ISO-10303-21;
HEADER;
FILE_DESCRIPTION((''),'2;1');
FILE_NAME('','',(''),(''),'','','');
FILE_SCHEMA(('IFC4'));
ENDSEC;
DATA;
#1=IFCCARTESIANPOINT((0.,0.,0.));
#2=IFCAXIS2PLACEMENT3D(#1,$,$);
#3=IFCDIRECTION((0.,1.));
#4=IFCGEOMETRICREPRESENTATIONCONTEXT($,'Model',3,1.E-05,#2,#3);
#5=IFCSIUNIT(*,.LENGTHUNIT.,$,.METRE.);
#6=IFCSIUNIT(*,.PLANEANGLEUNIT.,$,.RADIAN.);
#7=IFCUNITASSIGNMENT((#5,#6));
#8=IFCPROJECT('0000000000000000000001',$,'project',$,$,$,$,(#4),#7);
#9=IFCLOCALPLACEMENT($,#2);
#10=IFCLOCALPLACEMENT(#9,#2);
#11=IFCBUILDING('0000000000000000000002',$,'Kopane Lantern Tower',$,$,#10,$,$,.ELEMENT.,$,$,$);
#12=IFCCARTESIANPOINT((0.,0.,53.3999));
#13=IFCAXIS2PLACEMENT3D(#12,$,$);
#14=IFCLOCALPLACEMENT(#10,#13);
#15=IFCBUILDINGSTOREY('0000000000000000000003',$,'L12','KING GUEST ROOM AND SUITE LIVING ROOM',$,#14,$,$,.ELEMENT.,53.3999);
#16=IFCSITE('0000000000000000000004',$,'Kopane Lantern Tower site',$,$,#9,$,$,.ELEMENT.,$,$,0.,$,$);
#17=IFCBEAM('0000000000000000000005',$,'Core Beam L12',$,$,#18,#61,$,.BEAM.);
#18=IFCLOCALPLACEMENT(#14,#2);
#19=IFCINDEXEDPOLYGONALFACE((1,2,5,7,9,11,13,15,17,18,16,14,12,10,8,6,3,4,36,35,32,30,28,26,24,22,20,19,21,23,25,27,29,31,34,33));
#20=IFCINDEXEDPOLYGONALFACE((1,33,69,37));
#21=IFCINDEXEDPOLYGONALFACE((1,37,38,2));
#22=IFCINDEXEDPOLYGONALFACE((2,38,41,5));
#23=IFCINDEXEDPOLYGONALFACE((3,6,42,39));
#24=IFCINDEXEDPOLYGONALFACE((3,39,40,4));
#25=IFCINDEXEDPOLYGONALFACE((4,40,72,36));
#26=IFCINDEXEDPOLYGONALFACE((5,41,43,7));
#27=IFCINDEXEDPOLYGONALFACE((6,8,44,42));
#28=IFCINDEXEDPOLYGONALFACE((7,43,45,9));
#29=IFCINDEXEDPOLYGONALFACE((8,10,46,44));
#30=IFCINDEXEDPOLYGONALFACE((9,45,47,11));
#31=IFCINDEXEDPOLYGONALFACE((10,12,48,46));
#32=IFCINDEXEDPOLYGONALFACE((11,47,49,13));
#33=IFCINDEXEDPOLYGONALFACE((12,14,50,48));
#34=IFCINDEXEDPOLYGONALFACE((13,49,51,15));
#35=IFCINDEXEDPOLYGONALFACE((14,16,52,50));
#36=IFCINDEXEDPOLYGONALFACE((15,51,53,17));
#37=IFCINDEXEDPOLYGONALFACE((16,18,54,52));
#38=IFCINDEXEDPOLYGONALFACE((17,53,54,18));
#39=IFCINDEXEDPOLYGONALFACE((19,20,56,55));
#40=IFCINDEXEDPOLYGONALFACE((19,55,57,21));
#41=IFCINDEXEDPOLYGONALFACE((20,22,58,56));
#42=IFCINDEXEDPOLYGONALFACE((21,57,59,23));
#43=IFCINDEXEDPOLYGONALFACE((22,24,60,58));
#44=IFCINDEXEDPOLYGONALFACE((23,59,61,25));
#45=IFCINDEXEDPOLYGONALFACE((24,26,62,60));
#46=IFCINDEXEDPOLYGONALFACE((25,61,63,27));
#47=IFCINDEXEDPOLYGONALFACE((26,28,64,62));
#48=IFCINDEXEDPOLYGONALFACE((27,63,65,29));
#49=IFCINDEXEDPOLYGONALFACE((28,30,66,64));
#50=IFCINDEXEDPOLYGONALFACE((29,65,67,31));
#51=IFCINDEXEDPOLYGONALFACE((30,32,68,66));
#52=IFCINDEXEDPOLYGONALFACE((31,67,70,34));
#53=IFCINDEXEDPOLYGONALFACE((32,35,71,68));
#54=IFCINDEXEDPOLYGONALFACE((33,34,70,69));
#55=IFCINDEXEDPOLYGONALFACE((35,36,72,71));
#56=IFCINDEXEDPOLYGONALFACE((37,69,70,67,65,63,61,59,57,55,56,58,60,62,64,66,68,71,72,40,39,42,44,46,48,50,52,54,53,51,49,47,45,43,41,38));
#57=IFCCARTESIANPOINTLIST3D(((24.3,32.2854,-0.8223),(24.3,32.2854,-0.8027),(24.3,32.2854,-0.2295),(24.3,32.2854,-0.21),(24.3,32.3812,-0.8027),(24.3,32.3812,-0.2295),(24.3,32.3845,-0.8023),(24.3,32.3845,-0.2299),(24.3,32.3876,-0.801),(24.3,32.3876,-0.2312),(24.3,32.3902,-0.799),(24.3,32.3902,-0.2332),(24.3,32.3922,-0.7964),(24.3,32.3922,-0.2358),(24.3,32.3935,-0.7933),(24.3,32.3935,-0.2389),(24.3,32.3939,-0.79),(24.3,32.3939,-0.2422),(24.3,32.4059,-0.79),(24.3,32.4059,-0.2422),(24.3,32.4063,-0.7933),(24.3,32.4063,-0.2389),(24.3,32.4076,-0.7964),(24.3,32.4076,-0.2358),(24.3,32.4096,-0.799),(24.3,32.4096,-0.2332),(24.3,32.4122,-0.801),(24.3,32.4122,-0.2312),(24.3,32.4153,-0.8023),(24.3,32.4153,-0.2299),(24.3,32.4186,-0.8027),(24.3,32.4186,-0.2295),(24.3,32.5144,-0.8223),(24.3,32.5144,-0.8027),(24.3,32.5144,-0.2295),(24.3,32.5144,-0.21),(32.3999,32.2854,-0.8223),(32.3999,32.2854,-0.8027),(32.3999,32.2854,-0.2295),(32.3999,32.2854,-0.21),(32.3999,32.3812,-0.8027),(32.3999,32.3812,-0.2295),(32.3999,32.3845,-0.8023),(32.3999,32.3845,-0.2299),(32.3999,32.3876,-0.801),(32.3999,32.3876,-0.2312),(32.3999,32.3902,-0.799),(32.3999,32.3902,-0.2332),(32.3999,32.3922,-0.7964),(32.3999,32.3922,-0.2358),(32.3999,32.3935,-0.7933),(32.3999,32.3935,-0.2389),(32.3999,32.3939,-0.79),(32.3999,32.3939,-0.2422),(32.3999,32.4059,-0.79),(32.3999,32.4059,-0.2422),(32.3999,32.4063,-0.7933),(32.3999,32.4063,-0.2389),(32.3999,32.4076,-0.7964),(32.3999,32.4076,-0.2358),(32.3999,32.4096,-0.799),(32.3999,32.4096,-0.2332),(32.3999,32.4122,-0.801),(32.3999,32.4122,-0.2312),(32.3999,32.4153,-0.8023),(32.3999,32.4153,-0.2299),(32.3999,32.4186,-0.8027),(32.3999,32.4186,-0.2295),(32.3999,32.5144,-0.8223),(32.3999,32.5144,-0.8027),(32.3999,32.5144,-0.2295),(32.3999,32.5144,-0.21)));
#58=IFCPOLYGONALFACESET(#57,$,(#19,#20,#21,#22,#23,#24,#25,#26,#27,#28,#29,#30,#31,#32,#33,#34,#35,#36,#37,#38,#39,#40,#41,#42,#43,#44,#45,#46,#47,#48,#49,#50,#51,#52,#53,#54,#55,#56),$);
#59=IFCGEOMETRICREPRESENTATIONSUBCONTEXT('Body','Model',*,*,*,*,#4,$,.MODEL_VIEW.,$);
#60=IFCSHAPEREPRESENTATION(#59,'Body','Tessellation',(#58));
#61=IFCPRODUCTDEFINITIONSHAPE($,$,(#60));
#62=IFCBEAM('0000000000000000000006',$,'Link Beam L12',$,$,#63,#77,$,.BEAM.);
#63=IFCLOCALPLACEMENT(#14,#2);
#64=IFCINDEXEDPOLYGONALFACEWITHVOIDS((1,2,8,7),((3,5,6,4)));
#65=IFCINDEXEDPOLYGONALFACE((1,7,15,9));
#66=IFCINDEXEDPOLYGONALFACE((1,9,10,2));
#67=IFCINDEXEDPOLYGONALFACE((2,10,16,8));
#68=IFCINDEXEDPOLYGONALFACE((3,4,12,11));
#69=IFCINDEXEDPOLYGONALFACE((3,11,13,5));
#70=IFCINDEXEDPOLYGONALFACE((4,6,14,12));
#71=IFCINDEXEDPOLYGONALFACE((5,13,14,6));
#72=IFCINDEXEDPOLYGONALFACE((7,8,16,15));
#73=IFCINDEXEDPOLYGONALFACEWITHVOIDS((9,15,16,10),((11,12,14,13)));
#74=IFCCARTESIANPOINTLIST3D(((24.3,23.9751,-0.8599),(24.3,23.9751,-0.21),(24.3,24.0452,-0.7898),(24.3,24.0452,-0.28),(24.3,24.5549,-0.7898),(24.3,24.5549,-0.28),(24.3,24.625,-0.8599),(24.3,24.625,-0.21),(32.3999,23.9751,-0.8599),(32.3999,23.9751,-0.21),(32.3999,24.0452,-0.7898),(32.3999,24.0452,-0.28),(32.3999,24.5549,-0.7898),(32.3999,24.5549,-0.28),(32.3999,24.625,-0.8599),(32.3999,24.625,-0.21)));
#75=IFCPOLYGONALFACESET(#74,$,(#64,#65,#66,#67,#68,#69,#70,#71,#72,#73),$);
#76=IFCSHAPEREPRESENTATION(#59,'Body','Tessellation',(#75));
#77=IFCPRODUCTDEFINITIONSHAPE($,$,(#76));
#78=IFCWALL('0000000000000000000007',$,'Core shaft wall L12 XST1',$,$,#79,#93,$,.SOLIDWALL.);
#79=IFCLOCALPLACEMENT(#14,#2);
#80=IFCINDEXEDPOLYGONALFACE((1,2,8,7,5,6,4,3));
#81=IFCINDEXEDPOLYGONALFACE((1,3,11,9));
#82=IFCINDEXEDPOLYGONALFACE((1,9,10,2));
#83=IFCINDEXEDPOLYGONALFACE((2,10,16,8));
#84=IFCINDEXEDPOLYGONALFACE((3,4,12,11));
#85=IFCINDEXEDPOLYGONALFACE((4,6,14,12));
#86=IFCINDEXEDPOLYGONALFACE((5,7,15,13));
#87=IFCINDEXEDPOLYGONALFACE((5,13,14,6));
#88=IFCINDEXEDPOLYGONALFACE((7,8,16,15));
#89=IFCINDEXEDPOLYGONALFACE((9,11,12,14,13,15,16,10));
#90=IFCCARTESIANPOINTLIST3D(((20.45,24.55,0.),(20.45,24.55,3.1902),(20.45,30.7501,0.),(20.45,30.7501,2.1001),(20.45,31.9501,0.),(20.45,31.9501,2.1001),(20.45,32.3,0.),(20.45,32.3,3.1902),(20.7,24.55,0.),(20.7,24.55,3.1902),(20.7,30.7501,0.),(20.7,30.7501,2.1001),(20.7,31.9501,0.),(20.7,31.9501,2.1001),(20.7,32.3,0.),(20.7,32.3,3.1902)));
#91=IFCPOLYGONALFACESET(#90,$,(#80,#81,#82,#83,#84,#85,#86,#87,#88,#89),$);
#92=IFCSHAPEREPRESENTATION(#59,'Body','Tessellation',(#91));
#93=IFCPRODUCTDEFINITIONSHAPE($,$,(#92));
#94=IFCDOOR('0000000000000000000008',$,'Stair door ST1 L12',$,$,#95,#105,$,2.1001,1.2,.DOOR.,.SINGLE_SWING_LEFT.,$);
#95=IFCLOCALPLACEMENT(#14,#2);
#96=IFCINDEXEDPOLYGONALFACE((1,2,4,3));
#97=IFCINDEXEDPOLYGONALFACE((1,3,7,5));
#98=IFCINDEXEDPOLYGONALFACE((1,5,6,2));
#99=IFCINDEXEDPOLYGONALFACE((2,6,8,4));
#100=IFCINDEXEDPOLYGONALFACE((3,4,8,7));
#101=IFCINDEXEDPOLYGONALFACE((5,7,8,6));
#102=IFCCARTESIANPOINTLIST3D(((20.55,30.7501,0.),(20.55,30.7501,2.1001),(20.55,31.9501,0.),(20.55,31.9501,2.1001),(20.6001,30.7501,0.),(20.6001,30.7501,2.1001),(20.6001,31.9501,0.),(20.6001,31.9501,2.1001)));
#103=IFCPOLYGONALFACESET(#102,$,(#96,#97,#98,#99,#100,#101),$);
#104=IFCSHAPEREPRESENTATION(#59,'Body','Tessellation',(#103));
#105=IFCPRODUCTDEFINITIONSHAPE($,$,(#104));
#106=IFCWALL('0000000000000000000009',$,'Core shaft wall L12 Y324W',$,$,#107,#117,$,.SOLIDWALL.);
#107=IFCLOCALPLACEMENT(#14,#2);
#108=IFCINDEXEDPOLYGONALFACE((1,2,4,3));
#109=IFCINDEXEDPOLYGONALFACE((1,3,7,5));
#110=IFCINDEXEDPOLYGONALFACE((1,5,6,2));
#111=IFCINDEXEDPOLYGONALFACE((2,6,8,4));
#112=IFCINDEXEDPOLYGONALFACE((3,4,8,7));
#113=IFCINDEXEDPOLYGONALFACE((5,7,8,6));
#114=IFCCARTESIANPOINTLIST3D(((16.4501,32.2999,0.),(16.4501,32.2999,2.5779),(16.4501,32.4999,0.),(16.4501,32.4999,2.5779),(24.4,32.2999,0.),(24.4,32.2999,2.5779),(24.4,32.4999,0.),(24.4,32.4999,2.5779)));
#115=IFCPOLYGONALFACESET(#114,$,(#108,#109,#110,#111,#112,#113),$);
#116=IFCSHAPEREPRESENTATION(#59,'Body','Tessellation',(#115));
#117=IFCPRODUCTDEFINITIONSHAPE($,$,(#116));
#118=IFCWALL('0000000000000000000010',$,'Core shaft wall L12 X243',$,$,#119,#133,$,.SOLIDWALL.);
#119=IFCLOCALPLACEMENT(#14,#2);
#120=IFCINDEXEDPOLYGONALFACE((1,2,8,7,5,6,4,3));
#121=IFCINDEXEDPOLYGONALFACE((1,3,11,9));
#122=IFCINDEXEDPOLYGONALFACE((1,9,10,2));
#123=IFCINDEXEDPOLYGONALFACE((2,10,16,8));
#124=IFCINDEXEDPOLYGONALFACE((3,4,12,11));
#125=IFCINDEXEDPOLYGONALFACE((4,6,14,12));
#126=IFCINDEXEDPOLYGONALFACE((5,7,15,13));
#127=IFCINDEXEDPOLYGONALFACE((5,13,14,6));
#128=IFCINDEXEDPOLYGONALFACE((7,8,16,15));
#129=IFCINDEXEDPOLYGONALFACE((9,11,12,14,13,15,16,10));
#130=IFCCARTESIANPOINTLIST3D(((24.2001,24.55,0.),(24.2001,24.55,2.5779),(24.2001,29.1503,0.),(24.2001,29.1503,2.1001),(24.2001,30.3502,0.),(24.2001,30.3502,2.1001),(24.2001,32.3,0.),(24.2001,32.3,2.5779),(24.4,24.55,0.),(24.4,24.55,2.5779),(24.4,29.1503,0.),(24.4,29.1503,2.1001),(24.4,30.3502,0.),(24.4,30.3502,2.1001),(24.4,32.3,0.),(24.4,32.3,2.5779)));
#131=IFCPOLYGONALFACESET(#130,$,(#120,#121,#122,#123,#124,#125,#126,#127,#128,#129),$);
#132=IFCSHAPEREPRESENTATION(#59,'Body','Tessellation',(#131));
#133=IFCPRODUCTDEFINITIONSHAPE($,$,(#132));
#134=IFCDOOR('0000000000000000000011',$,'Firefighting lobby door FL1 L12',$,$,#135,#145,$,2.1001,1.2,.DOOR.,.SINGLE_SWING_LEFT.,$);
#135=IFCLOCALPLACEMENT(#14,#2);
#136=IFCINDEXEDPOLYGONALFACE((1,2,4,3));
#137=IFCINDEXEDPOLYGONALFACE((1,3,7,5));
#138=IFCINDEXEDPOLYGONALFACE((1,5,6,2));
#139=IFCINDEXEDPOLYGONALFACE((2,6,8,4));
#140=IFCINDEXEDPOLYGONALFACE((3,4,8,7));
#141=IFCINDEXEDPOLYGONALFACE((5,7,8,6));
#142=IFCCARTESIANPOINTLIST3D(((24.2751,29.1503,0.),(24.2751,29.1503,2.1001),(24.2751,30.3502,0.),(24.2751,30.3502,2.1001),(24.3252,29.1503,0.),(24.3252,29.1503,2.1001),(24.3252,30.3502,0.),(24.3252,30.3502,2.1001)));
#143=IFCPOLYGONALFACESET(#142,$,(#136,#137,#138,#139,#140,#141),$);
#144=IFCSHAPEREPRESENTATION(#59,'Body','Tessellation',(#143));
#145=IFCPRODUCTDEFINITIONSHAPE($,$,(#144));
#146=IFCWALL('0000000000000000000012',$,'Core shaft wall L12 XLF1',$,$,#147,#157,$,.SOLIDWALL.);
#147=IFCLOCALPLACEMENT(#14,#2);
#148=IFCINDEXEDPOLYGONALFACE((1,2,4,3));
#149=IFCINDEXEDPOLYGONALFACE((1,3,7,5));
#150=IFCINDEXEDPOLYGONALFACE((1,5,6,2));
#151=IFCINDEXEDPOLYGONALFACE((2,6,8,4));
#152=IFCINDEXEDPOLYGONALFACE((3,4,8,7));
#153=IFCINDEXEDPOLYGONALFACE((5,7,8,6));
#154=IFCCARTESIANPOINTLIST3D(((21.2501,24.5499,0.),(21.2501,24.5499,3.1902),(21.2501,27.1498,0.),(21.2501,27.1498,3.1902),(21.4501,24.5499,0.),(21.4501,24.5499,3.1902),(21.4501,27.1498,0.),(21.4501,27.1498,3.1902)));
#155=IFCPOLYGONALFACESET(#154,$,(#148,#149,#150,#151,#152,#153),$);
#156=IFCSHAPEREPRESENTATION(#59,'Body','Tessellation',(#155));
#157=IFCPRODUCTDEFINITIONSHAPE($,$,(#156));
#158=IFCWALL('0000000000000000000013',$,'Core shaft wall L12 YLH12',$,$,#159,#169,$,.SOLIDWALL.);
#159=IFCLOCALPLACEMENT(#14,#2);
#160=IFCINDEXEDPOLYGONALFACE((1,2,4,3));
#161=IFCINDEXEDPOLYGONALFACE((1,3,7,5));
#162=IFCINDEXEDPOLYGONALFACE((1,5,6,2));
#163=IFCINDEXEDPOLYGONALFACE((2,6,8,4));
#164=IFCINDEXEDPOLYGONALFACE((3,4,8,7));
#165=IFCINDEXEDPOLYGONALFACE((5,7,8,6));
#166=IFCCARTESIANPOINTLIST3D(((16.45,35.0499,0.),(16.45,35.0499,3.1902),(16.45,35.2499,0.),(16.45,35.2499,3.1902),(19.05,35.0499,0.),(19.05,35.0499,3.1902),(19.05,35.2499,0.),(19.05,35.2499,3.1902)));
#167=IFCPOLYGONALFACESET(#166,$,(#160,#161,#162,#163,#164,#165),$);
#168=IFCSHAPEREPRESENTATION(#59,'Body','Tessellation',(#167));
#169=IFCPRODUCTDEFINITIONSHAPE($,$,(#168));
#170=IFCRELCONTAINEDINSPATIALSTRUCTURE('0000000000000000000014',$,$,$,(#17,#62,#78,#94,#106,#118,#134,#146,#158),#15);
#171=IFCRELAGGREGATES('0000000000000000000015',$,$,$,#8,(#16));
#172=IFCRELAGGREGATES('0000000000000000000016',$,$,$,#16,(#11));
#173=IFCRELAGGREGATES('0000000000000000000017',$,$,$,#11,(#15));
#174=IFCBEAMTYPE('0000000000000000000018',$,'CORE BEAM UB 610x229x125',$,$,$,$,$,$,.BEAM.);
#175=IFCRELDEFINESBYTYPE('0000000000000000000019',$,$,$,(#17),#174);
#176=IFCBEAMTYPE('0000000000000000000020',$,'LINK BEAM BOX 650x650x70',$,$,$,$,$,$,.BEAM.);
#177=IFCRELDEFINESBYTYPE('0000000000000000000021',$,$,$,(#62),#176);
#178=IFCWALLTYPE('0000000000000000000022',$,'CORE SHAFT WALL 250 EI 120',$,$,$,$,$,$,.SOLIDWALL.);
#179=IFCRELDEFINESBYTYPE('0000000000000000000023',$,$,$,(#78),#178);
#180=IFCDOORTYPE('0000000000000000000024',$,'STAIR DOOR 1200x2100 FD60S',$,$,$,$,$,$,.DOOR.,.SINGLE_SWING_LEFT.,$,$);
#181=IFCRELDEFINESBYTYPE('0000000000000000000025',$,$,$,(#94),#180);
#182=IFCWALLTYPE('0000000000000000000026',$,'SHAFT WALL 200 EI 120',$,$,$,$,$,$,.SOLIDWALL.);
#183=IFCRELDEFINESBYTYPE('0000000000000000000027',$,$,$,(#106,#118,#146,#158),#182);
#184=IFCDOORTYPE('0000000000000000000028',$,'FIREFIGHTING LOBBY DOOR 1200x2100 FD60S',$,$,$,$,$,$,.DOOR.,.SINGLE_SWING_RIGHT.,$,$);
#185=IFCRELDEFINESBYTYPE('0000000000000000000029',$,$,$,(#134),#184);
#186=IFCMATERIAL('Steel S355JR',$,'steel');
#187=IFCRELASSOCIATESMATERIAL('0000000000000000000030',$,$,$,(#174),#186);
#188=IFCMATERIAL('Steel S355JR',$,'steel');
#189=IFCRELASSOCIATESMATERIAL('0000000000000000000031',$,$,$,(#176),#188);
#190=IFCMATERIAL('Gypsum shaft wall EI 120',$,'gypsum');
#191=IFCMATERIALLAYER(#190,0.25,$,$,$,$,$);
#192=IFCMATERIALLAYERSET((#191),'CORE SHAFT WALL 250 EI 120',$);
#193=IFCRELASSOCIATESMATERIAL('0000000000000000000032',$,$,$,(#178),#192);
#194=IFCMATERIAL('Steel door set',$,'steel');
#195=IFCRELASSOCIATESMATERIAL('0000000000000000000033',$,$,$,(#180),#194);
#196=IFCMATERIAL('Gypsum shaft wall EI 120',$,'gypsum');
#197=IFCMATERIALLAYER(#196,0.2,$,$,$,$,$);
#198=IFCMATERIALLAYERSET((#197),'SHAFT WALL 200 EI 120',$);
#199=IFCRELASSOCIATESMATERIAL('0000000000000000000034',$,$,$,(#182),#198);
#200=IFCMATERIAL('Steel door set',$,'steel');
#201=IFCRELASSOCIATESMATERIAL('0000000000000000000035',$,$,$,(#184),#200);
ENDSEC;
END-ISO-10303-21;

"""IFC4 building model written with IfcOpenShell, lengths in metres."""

from ifc_helpers import new_model, si_unit, direction, frame, frame_2d, origin, origin_2d, place, context, subcontext, project, spatial, rectangle, hollow_rectangle, i_section, extrude, material, layer, layer_set, material_profile, profile_set, type_object, element, fill, save


model = new_model("IFC4")

# Units and contexts
model_context = context("Model", 3, precision=1e-05, world=origin(), true_north=direction((0.0, 1.0)))
body_context = subcontext(model_context, "Body", "Model", "MODEL_VIEW")
ifc_project = project(units=[si_unit("LENGTHUNIT", "METRE"), si_unit("PLANEANGLEUNIT", "RADIAN")], contexts=[model_context])

# Site, building, storey
site_placement = place(None, origin())
site = spatial("IfcSite", under=ifc_project, at=site_placement, Name="Kopane Lantern Tower site", CompositionType="ELEMENT", RefElevation=0.0)
building_placement = place(site_placement, origin())
building = spatial("IfcBuilding", under=site, at=building_placement, Name="Kopane Lantern Tower", CompositionType="ELEMENT")
storey_placement = place(building_placement, frame((0.0, 0.0, 53.3999)))
storey = spatial("IfcBuildingStorey", under=building, at=storey_placement, Name="L12", Description="KING GUEST ROOM AND SUITE LIVING ROOM", CompositionType="ELEMENT", Elevation=53.3999)

# Beams
ifc_material_1 = material(Name="Steel S355JR", Category="steel")
ifc_material_profile_1 = material_profile(ifc_material_1, i_section(OverallWidth=0.229, OverallDepth=0.6123, WebThickness=0.012, FlangeThickness=0.0195, FilletRadius=0.0127, at=origin_2d()), Name="UB 610x229x125")
ifc_profile_set_1 = profile_set([ifc_material_profile_1], Name="Steel S355JR")
beam_type_1 = type_object("IfcBeamType", Name="CORE BEAM UB 610x229x125", PredefinedType="BEAM", material=ifc_profile_set_1)
beam_1_placement = place(storey_placement, frame((24.3, 32.3999, -0.5161), z_axis=(1.0, 0.0, 0.0), x_axis=(0.0, 1.0, 0.0)))
element("IfcBeam", 1, at=beam_1_placement, inside=storey, type_object=beam_type_1, Name="Core Beam L12", PredefinedType="BEAM", context=body_context, shape_type="SweptSolid", body=[
    extrude(i_section(OverallWidth=0.229, OverallDepth=0.6123, WebThickness=0.012, FlangeThickness=0.0195, FilletRadius=0.0127, at=origin_2d()), origin(), (0.0, 0.0, 1.0), 8.0999),
])
ifc_material_2 = material(Name="Steel S355JR", Category="steel")
ifc_material_profile_2 = material_profile(ifc_material_2, hollow_rectangle(XDim=0.6499, YDim=0.6499, WallThickness=0.0701, at=origin_2d()), Name="BOX 650x650x70")
ifc_profile_set_2 = profile_set([ifc_material_profile_2], Name="Steel S355JR")
beam_type_2 = type_object("IfcBeamType", Name="LINK BEAM BOX 650x650x70", PredefinedType="BEAM", material=ifc_profile_set_2)
beam_2_placement = place(storey_placement, frame((24.3, 24.3, -0.5349), z_axis=(1.0, 0.0, 0.0), x_axis=(0.0, 1.0, 0.0)))
element("IfcBeam", 2, at=beam_2_placement, inside=storey, type_object=beam_type_2, Name="Link Beam L12", PredefinedType="BEAM", context=body_context, shape_type="SweptSolid", body=[
    extrude(hollow_rectangle(XDim=0.6499, YDim=0.6499, WallThickness=0.0701, at=origin_2d()), origin(), (0.0, 0.0, 1.0), 8.0999),
])

# Wall, opening, door
ifc_material_3 = material(Name="Gypsum shaft wall EI 120", Category="gypsum")
ifc_layer_1 = layer(ifc_material_3, 0.25)
ifc_layer_set_1 = layer_set([ifc_layer_1], Name="CORE SHAFT WALL 250 EI 120")
wall_type_1 = type_object("IfcWallType", Name="CORE SHAFT WALL 250 EI 120", PredefinedType="SOLIDWALL", material=ifc_layer_set_1)
wall_1_placement = place(storey_placement, frame((20.575, 24.55, 0.0), z_axis=(0.0, 0.0, 1.0), x_axis=(0.0, 1.0, 0.0)))
wall_1 = element("IfcWall", 3, at=wall_1_placement, inside=storey, type_object=wall_type_1, Name="Core shaft wall L12 XST1", PredefinedType="SOLIDWALL", context=body_context, shape_type="SweptSolid", body=[
    extrude(rectangle(XDim=7.75, YDim=0.25, at=frame_2d((3.875, 0.0))), origin(), (0.0, 0.0, 1.0), 3.1902),
])
opening_1_placement = place(wall_1_placement, frame((6.2, 0.0, 0.0)))
opening_1 = element("IfcOpeningElement", 4, at=opening_1_placement, cuts=wall_1, PredefinedType="OPENING", context=body_context, shape_type="SweptSolid", body=[
    extrude(rectangle(XDim=1.2, YDim=2.1001, at=frame_2d((0.6001, 1.05))), frame((0.0, 0.135, 0.0), z_axis=(0.0, -1.0, 0.0), x_axis=(1.0, 0.0, 0.0)), (0.0, 0.0, 1.0), 0.27),
])
ifc_material_4 = material(Name="Steel door set", Category="steel")
door_type_1 = type_object("IfcDoorType", Name="STAIR DOOR 1200x2100 FD60S", OperationType="SINGLE_SWING_LEFT", PredefinedType="DOOR", material=ifc_material_4)
door_1_placement = place(opening_1_placement, origin())
door_1 = element("IfcDoor", 5, at=door_1_placement, inside=storey, type_object=door_type_1, Name="Stair door ST1 L12", OperationType="SINGLE_SWING_LEFT", OverallHeight=2.1001, OverallWidth=1.2, PredefinedType="DOOR", context=body_context, shape_type="SweptSolid", body=[
    extrude(rectangle(XDim=1.2, YDim=2.1001, at=frame_2d((0.6001, 1.05))), frame((0.0, 0.0249, 0.0), z_axis=(0.0, -1.0, 0.0), x_axis=(1.0, 0.0, 0.0)), (0.0, 0.0, 1.0), 0.05),
])
fill(opening_1, door_1)

# Wall
ifc_material_5 = material(Name="Gypsum shaft wall EI 120", Category="gypsum")
ifc_layer_2 = layer(ifc_material_5, 0.2)
ifc_layer_set_2 = layer_set([ifc_layer_2], Name="SHAFT WALL 200 EI 120")
wall_type_2 = type_object("IfcWallType", Name="SHAFT WALL 200 EI 120", PredefinedType="SOLIDWALL", material=ifc_layer_set_2)
wall_2_placement = place(storey_placement, frame((16.45, 32.3999, 0.0), z_axis=(0.0, 0.0, 1.0), x_axis=(1.0, 0.0, 0.0)))
element("IfcWall", 6, at=wall_2_placement, inside=storey, type_object=wall_type_2, Name="Core shaft wall L12 Y324W", PredefinedType="SOLIDWALL", context=body_context, shape_type="SweptSolid", body=[
    extrude(rectangle(XDim=7.95, YDim=0.2, at=frame_2d((3.9751, 0.0))), origin(), (0.0, 0.0, 1.0), 2.5779),
])

# Wall, opening, door
wall_3_placement = place(storey_placement, frame((24.3, 24.55, 0.0), z_axis=(0.0, 0.0, 1.0), x_axis=(0.0, 1.0, 0.0)))
wall_3 = element("IfcWall", 7, at=wall_3_placement, inside=storey, type_object=wall_type_2, Name="Core shaft wall L12 X243", PredefinedType="SOLIDWALL", context=body_context, shape_type="SweptSolid", body=[
    extrude(rectangle(XDim=7.75, YDim=0.2, at=frame_2d((3.875, 0.0))), origin(), (0.0, 0.0, 1.0), 2.5779),
])
opening_2_placement = place(wall_3_placement, frame((4.6001, 0.0, 0.0)))
opening_2 = element("IfcOpeningElement", 8, at=opening_2_placement, cuts=wall_3, PredefinedType="OPENING", context=body_context, shape_type="SweptSolid", body=[
    extrude(rectangle(XDim=1.2, YDim=2.1001, at=frame_2d((0.6001, 1.05))), frame((0.0, 0.1099, 0.0), z_axis=(0.0, -1.0, 0.0), x_axis=(1.0, 0.0, 0.0)), (0.0, 0.0, 1.0), 0.22),
])
ifc_material_6 = material(Name="Steel door set", Category="steel")
door_type_2 = type_object("IfcDoorType", Name="FIREFIGHTING LOBBY DOOR 1200x2100 FD60S", OperationType="SINGLE_SWING_RIGHT", PredefinedType="DOOR", material=ifc_material_6)
door_2_placement = place(opening_2_placement, origin())
door_2 = element("IfcDoor", 9, at=door_2_placement, inside=storey, type_object=door_type_2, Name="Firefighting lobby door FL1 L12", OperationType="SINGLE_SWING_LEFT", OverallHeight=2.1001, OverallWidth=1.2, PredefinedType="DOOR", context=body_context, shape_type="SweptSolid", body=[
    extrude(rectangle(XDim=1.2, YDim=2.1001, at=frame_2d((0.6001, 1.05))), frame((0.0, 0.0249, 0.0), z_axis=(0.0, -1.0, 0.0), x_axis=(1.0, 0.0, 0.0)), (0.0, 0.0, 1.0), 0.05),
])
fill(opening_2, door_2)

# Walls
wall_4_placement = place(storey_placement, frame((21.3501, 24.55, 0.0), z_axis=(0.0, 0.0, 1.0), x_axis=(0.0, 1.0, 0.0)))
element("IfcWall", 10, at=wall_4_placement, inside=storey, type_object=wall_type_2, Name="Core shaft wall L12 XLF1", PredefinedType="SOLIDWALL", context=body_context, shape_type="SweptSolid", body=[
    extrude(rectangle(XDim=2.5999, YDim=0.2, at=frame_2d((1.2998, 0.0))), origin(), (0.0, 0.0, 1.0), 3.1902),
])
wall_5_placement = place(storey_placement, frame((16.45, 35.1499, 0.0), z_axis=(0.0, 0.0, 1.0), x_axis=(1.0, 0.0, 0.0)))
element("IfcWall", 11, at=wall_5_placement, inside=storey, type_object=wall_type_2, Name="Core shaft wall L12 YLH12", PredefinedType="SOLIDWALL", context=body_context, shape_type="SweptSolid", body=[
    extrude(rectangle(XDim=2.6001, YDim=0.2, at=frame_2d((1.3, 0.0))), origin(), (0.0, 0.0, 1.0), 3.1902),
])

save(model, "model.ifc")
